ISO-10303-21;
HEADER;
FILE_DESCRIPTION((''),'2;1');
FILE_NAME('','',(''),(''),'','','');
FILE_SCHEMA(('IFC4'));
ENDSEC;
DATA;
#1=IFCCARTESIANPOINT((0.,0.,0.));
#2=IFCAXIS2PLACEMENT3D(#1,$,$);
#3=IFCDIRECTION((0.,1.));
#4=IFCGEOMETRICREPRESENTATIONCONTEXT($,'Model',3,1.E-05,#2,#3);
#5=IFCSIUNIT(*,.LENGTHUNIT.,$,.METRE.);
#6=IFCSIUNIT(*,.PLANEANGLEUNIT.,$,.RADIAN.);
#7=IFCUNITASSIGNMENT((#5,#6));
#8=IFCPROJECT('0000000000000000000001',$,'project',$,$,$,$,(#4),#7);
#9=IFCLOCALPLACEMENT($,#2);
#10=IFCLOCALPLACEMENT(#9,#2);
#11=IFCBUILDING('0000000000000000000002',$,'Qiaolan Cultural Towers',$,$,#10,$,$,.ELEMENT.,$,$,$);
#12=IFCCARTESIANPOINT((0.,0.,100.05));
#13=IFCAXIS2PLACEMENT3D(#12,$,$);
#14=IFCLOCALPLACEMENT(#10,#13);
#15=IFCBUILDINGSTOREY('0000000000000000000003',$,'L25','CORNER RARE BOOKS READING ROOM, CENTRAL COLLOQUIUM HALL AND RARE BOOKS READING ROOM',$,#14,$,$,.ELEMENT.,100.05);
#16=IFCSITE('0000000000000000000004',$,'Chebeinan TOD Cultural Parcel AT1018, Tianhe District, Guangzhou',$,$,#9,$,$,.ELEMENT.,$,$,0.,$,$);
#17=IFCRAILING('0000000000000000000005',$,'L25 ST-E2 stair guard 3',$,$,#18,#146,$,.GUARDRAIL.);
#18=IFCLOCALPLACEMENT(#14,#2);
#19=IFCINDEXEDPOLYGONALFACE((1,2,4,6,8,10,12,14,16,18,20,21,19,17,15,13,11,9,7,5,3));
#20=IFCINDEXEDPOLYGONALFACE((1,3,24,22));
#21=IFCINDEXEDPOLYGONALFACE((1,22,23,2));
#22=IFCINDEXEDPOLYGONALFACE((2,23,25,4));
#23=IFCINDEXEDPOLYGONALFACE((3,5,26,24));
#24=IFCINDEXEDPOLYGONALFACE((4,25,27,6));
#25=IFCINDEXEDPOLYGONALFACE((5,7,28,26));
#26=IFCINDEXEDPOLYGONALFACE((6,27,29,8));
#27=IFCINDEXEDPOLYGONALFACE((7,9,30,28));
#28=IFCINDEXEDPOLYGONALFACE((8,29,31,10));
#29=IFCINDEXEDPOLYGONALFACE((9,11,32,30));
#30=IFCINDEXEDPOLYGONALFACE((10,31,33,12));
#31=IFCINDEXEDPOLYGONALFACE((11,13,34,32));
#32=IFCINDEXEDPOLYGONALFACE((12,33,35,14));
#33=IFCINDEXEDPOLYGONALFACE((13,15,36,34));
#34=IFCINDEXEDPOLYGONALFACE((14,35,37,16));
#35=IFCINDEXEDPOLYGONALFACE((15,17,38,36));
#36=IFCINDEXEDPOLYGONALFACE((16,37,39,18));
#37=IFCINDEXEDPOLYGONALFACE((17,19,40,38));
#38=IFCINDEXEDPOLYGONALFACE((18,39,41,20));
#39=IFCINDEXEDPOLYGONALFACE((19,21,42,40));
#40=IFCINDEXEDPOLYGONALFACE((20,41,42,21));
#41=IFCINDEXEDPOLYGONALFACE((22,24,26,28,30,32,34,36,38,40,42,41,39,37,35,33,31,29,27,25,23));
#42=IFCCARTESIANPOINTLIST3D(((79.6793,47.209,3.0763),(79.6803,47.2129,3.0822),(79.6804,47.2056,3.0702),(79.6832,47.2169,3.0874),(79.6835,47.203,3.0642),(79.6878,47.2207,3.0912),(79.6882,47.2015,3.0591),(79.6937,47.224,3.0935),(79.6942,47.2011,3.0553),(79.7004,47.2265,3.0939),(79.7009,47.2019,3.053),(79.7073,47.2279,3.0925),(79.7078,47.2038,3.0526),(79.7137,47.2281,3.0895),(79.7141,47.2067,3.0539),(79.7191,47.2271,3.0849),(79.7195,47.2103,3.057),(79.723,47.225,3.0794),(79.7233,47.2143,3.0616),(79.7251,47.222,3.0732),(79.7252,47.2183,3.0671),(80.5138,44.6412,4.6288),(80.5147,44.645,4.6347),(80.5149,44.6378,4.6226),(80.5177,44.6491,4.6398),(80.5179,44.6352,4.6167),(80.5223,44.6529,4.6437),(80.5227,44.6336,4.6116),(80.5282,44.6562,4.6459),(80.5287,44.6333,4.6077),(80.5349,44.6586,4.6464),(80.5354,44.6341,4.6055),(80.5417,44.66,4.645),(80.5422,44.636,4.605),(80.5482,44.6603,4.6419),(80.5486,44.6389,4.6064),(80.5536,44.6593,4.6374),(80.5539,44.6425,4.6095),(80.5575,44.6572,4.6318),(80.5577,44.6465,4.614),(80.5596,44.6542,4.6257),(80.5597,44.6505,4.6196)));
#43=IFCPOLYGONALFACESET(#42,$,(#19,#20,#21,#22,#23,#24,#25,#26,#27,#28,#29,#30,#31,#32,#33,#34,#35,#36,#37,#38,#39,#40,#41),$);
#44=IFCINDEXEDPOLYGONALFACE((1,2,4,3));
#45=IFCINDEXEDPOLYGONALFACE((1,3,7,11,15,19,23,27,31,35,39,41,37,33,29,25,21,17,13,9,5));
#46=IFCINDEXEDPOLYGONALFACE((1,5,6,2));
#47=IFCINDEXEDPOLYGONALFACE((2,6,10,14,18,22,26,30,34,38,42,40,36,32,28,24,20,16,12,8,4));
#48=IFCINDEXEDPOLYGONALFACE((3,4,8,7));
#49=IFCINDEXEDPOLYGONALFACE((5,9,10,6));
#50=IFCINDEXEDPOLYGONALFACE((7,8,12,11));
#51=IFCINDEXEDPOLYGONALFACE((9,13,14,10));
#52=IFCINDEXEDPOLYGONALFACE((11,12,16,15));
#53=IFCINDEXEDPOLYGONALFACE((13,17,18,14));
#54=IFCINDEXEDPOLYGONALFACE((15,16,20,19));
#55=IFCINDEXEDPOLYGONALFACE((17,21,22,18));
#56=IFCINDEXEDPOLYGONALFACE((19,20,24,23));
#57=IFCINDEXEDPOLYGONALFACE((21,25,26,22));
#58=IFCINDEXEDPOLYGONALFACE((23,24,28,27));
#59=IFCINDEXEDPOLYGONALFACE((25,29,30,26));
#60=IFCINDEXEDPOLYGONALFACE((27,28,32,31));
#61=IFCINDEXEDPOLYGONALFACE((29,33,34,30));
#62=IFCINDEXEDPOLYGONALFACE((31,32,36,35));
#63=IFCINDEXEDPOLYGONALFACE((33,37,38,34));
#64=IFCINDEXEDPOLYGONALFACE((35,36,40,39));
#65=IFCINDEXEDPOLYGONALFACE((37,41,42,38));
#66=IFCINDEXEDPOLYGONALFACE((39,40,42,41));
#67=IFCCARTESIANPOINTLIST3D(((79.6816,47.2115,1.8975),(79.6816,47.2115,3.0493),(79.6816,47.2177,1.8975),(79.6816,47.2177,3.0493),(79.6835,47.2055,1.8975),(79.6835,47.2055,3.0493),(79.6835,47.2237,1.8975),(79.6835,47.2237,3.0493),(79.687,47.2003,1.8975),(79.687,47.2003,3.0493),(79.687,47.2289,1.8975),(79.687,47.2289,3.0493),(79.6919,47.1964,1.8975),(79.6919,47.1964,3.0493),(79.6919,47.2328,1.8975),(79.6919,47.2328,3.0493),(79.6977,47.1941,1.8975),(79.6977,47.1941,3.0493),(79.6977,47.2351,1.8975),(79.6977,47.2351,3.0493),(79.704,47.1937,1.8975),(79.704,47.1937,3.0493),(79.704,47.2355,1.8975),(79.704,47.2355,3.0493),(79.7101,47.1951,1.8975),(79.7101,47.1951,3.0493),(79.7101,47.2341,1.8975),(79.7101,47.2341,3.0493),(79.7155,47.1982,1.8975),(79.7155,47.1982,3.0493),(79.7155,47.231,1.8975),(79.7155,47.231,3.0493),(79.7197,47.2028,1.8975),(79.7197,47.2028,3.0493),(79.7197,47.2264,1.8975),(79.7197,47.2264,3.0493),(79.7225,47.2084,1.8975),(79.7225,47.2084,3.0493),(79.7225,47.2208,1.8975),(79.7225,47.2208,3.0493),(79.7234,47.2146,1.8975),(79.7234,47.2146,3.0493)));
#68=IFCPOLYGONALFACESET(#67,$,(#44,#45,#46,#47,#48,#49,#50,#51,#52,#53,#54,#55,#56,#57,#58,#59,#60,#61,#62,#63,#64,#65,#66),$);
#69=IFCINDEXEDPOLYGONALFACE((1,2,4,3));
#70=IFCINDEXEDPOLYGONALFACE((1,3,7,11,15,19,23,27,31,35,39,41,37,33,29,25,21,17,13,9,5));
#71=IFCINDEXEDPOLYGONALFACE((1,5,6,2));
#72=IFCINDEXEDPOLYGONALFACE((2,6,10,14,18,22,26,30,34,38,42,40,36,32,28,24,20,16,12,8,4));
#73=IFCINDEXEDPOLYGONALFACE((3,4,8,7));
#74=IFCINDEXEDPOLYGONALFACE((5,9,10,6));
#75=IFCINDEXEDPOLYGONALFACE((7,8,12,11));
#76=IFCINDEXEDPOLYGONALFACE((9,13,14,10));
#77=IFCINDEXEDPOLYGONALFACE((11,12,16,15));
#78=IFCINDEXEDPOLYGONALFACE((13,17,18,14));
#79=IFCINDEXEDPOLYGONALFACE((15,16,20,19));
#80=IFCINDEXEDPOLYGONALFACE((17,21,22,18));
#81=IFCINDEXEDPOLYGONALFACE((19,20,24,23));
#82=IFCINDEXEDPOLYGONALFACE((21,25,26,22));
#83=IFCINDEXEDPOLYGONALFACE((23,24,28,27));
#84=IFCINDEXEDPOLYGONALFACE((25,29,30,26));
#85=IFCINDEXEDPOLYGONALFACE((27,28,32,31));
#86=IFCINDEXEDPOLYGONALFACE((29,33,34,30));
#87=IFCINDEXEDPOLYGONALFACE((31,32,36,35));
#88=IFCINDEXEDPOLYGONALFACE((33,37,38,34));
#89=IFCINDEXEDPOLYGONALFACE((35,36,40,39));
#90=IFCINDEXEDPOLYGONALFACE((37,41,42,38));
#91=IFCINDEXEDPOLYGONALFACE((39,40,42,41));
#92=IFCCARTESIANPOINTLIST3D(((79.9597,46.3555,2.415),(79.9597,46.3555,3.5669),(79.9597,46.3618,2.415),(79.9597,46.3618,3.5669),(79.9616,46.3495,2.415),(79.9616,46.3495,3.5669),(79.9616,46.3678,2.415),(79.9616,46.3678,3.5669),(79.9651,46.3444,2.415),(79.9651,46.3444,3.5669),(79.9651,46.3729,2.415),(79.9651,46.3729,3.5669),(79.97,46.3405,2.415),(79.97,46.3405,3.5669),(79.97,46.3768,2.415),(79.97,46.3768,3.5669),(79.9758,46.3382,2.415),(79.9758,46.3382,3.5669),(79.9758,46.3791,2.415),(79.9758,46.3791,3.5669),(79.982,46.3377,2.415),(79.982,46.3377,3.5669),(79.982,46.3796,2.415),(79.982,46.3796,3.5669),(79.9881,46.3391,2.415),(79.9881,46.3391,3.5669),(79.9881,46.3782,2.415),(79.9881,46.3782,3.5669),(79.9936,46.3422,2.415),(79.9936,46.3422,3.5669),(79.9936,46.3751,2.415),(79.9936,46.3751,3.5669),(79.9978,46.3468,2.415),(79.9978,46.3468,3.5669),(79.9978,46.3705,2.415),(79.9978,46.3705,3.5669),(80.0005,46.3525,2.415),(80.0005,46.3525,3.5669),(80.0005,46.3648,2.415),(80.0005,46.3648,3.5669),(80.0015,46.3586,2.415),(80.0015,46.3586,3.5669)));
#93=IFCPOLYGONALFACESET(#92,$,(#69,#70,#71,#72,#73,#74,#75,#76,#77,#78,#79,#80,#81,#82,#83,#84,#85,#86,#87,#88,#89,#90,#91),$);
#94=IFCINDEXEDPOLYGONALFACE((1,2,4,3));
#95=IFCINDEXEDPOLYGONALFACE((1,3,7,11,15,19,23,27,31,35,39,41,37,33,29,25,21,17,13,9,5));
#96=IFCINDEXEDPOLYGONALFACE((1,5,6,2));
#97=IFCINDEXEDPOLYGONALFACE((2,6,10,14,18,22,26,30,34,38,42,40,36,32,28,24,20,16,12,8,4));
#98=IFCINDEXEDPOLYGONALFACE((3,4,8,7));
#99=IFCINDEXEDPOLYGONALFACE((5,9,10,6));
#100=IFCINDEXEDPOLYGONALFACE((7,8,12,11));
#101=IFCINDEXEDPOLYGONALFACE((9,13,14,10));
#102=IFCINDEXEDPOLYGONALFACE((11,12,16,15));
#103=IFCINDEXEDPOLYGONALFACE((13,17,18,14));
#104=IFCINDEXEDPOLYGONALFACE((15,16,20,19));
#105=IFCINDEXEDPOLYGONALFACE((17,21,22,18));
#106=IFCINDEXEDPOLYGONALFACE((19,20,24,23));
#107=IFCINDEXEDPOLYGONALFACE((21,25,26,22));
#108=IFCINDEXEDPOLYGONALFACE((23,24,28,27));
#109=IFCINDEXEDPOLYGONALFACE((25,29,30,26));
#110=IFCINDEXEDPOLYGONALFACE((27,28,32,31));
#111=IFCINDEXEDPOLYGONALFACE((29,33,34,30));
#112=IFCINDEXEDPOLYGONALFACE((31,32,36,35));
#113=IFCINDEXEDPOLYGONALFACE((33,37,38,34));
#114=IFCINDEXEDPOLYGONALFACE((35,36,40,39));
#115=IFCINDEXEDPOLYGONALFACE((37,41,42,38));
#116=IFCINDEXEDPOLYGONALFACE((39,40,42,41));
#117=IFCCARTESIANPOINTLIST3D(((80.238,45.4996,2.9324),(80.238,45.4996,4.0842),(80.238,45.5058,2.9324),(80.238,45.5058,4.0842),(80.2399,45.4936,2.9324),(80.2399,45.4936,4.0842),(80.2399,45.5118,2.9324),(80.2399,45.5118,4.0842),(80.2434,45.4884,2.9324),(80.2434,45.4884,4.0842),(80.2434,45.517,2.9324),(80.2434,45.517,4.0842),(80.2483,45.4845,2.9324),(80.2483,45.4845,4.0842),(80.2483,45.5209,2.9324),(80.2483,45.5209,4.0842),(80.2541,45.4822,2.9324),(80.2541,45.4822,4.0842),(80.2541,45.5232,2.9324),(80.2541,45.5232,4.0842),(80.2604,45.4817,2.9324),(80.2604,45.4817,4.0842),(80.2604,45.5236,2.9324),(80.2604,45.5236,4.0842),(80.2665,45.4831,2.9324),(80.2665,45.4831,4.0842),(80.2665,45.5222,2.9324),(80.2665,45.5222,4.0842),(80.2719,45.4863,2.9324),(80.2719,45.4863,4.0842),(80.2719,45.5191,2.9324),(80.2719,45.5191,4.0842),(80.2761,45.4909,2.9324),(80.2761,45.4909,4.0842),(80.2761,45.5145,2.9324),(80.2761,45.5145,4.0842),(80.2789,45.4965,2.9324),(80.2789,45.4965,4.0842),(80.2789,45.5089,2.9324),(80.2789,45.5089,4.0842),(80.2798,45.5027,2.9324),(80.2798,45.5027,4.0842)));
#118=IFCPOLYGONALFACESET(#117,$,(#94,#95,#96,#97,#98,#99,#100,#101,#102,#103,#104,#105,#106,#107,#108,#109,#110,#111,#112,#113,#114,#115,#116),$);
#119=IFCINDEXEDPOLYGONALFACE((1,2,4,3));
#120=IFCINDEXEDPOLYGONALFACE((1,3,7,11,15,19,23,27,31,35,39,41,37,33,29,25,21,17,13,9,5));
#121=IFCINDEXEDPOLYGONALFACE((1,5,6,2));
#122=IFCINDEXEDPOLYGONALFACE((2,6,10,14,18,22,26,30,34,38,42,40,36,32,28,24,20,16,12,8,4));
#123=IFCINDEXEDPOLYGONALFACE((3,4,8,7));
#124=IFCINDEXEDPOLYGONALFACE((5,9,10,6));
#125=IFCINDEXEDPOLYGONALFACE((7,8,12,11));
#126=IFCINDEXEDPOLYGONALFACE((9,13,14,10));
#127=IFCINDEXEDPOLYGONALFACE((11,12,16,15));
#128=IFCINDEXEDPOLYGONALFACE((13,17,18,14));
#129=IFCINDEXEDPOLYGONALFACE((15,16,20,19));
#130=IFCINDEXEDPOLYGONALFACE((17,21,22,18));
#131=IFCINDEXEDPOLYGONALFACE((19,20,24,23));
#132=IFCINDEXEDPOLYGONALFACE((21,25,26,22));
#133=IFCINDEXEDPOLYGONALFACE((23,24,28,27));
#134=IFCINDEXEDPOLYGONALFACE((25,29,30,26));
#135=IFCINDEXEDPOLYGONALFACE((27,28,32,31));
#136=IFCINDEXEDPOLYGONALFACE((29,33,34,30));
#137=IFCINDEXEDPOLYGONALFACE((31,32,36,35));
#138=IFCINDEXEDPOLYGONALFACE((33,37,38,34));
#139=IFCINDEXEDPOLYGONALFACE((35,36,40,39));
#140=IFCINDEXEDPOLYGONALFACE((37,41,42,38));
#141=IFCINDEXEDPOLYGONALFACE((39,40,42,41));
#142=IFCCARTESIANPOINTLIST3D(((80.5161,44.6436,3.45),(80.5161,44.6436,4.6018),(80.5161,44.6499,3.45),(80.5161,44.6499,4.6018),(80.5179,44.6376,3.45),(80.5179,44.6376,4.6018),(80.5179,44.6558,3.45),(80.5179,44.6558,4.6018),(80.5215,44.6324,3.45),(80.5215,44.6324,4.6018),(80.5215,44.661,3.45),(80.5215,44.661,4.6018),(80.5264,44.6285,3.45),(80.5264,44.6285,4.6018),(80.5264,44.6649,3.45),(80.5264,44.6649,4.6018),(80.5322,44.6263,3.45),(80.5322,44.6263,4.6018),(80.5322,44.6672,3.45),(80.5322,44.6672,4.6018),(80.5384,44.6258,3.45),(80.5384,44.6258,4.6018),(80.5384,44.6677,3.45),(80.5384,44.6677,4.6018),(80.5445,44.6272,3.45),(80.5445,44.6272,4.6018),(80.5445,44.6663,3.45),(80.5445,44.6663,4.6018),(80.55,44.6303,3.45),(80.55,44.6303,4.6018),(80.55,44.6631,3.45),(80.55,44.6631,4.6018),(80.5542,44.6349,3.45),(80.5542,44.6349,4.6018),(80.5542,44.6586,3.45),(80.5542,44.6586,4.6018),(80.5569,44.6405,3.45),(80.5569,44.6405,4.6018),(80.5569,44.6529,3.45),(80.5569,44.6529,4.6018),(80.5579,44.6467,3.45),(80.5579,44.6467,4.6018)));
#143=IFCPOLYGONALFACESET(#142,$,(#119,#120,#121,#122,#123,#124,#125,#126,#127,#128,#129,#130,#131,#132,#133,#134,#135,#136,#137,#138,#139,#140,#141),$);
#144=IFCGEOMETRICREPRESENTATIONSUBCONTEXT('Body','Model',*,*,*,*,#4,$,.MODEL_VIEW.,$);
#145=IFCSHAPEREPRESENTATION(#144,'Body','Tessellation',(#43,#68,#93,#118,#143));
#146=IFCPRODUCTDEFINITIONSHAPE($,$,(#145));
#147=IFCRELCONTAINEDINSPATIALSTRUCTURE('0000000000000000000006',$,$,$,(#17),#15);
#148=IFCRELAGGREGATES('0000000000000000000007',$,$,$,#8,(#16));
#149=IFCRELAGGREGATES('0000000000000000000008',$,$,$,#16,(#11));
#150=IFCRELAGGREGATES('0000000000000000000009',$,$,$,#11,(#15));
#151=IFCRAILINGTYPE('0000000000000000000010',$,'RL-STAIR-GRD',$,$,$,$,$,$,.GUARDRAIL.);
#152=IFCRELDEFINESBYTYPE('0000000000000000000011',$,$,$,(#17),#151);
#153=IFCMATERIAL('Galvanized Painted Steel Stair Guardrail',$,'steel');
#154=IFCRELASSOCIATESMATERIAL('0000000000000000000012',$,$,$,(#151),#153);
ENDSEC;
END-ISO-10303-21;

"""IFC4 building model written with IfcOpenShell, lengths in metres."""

from ifc_helpers import new_model, si_unit, direction, frame, origin, origin_2d, place, context, subcontext, project, spatial, circle, extrude, material, type_object, element, save


model = new_model("IFC4")

# Units and contexts
model_context = context("Model", 3, precision=1e-05, world=origin(), true_north=direction((0.0, 1.0)))
body_context = subcontext(model_context, "Body", "Model", "MODEL_VIEW")
ifc_project = project(units=[si_unit("LENGTHUNIT", "METRE"), si_unit("PLANEANGLEUNIT", "RADIAN")], contexts=[model_context])

# Site, building, storey
site_placement = place(None, origin())
site = spatial("IfcSite", under=ifc_project, at=site_placement, Name="Chebeinan TOD Cultural Parcel AT1018, Tianhe District, Guangzhou", CompositionType="ELEMENT", RefElevation=0.0)
building_placement = place(site_placement, origin())
building = spatial("IfcBuilding", under=site, at=building_placement, Name="Qiaolan Cultural Towers", CompositionType="ELEMENT")
storey_placement = place(building_placement, frame((0.0, 0.0, 100.05)))
storey = spatial("IfcBuildingStorey", under=building, at=storey_placement, Name="L25", Description="CORNER RARE BOOKS READING ROOM, CENTRAL COLLOQUIUM HALL AND RARE BOOKS READING ROOM", CompositionType="ELEMENT", Elevation=100.05)

# Railing
ifc_material_1 = material(Name="Galvanized Painted Steel Stair Guardrail", Category="steel")
railing_type_1 = type_object("IfcRailingType", Name="RL-STAIR-GRD", PredefinedType="GUARDRAIL", material=ifc_material_1)
railing_1_placement = place(storey_placement, frame((79.7024, 47.2146, 1.8975)))
element("IfcRailing", 1, at=railing_1_placement, inside=storey, type_object=railing_type_1, Name="L25 ST-E2 stair guard 3", PredefinedType="GUARDRAIL", context=body_context, shape_type="SweptSolid", body=[
    extrude(circle(Radius=0.0239, at=origin_2d()), frame((0.0, 0.0, 1.1758), z_axis=(0.267926, -0.824471, 0.498461), x_axis=(0.951043, 0.309057, 0.0)), (0.0, 0.0, 1.0), 3.1145),
    extrude(circle(Radius=0.021, at=origin_2d()), origin(), (0.0, 0.0, 1.0), 1.1519),
    extrude(circle(Radius=0.021, at=origin_2d()), frame((0.2781, -0.856, 0.5176)), (0.0, 0.0, 1.0), 1.1519),
    extrude(circle(Radius=0.021, at=origin_2d()), frame((0.5564, -1.7119, 1.0349)), (0.0, 0.0, 1.0), 1.1519),
    extrude(circle(Radius=0.021, at=origin_2d()), frame((0.8345, -2.5679, 1.5525)), (0.0, 0.0, 1.0), 1.1519),
])

save(model, "model.ifc")
